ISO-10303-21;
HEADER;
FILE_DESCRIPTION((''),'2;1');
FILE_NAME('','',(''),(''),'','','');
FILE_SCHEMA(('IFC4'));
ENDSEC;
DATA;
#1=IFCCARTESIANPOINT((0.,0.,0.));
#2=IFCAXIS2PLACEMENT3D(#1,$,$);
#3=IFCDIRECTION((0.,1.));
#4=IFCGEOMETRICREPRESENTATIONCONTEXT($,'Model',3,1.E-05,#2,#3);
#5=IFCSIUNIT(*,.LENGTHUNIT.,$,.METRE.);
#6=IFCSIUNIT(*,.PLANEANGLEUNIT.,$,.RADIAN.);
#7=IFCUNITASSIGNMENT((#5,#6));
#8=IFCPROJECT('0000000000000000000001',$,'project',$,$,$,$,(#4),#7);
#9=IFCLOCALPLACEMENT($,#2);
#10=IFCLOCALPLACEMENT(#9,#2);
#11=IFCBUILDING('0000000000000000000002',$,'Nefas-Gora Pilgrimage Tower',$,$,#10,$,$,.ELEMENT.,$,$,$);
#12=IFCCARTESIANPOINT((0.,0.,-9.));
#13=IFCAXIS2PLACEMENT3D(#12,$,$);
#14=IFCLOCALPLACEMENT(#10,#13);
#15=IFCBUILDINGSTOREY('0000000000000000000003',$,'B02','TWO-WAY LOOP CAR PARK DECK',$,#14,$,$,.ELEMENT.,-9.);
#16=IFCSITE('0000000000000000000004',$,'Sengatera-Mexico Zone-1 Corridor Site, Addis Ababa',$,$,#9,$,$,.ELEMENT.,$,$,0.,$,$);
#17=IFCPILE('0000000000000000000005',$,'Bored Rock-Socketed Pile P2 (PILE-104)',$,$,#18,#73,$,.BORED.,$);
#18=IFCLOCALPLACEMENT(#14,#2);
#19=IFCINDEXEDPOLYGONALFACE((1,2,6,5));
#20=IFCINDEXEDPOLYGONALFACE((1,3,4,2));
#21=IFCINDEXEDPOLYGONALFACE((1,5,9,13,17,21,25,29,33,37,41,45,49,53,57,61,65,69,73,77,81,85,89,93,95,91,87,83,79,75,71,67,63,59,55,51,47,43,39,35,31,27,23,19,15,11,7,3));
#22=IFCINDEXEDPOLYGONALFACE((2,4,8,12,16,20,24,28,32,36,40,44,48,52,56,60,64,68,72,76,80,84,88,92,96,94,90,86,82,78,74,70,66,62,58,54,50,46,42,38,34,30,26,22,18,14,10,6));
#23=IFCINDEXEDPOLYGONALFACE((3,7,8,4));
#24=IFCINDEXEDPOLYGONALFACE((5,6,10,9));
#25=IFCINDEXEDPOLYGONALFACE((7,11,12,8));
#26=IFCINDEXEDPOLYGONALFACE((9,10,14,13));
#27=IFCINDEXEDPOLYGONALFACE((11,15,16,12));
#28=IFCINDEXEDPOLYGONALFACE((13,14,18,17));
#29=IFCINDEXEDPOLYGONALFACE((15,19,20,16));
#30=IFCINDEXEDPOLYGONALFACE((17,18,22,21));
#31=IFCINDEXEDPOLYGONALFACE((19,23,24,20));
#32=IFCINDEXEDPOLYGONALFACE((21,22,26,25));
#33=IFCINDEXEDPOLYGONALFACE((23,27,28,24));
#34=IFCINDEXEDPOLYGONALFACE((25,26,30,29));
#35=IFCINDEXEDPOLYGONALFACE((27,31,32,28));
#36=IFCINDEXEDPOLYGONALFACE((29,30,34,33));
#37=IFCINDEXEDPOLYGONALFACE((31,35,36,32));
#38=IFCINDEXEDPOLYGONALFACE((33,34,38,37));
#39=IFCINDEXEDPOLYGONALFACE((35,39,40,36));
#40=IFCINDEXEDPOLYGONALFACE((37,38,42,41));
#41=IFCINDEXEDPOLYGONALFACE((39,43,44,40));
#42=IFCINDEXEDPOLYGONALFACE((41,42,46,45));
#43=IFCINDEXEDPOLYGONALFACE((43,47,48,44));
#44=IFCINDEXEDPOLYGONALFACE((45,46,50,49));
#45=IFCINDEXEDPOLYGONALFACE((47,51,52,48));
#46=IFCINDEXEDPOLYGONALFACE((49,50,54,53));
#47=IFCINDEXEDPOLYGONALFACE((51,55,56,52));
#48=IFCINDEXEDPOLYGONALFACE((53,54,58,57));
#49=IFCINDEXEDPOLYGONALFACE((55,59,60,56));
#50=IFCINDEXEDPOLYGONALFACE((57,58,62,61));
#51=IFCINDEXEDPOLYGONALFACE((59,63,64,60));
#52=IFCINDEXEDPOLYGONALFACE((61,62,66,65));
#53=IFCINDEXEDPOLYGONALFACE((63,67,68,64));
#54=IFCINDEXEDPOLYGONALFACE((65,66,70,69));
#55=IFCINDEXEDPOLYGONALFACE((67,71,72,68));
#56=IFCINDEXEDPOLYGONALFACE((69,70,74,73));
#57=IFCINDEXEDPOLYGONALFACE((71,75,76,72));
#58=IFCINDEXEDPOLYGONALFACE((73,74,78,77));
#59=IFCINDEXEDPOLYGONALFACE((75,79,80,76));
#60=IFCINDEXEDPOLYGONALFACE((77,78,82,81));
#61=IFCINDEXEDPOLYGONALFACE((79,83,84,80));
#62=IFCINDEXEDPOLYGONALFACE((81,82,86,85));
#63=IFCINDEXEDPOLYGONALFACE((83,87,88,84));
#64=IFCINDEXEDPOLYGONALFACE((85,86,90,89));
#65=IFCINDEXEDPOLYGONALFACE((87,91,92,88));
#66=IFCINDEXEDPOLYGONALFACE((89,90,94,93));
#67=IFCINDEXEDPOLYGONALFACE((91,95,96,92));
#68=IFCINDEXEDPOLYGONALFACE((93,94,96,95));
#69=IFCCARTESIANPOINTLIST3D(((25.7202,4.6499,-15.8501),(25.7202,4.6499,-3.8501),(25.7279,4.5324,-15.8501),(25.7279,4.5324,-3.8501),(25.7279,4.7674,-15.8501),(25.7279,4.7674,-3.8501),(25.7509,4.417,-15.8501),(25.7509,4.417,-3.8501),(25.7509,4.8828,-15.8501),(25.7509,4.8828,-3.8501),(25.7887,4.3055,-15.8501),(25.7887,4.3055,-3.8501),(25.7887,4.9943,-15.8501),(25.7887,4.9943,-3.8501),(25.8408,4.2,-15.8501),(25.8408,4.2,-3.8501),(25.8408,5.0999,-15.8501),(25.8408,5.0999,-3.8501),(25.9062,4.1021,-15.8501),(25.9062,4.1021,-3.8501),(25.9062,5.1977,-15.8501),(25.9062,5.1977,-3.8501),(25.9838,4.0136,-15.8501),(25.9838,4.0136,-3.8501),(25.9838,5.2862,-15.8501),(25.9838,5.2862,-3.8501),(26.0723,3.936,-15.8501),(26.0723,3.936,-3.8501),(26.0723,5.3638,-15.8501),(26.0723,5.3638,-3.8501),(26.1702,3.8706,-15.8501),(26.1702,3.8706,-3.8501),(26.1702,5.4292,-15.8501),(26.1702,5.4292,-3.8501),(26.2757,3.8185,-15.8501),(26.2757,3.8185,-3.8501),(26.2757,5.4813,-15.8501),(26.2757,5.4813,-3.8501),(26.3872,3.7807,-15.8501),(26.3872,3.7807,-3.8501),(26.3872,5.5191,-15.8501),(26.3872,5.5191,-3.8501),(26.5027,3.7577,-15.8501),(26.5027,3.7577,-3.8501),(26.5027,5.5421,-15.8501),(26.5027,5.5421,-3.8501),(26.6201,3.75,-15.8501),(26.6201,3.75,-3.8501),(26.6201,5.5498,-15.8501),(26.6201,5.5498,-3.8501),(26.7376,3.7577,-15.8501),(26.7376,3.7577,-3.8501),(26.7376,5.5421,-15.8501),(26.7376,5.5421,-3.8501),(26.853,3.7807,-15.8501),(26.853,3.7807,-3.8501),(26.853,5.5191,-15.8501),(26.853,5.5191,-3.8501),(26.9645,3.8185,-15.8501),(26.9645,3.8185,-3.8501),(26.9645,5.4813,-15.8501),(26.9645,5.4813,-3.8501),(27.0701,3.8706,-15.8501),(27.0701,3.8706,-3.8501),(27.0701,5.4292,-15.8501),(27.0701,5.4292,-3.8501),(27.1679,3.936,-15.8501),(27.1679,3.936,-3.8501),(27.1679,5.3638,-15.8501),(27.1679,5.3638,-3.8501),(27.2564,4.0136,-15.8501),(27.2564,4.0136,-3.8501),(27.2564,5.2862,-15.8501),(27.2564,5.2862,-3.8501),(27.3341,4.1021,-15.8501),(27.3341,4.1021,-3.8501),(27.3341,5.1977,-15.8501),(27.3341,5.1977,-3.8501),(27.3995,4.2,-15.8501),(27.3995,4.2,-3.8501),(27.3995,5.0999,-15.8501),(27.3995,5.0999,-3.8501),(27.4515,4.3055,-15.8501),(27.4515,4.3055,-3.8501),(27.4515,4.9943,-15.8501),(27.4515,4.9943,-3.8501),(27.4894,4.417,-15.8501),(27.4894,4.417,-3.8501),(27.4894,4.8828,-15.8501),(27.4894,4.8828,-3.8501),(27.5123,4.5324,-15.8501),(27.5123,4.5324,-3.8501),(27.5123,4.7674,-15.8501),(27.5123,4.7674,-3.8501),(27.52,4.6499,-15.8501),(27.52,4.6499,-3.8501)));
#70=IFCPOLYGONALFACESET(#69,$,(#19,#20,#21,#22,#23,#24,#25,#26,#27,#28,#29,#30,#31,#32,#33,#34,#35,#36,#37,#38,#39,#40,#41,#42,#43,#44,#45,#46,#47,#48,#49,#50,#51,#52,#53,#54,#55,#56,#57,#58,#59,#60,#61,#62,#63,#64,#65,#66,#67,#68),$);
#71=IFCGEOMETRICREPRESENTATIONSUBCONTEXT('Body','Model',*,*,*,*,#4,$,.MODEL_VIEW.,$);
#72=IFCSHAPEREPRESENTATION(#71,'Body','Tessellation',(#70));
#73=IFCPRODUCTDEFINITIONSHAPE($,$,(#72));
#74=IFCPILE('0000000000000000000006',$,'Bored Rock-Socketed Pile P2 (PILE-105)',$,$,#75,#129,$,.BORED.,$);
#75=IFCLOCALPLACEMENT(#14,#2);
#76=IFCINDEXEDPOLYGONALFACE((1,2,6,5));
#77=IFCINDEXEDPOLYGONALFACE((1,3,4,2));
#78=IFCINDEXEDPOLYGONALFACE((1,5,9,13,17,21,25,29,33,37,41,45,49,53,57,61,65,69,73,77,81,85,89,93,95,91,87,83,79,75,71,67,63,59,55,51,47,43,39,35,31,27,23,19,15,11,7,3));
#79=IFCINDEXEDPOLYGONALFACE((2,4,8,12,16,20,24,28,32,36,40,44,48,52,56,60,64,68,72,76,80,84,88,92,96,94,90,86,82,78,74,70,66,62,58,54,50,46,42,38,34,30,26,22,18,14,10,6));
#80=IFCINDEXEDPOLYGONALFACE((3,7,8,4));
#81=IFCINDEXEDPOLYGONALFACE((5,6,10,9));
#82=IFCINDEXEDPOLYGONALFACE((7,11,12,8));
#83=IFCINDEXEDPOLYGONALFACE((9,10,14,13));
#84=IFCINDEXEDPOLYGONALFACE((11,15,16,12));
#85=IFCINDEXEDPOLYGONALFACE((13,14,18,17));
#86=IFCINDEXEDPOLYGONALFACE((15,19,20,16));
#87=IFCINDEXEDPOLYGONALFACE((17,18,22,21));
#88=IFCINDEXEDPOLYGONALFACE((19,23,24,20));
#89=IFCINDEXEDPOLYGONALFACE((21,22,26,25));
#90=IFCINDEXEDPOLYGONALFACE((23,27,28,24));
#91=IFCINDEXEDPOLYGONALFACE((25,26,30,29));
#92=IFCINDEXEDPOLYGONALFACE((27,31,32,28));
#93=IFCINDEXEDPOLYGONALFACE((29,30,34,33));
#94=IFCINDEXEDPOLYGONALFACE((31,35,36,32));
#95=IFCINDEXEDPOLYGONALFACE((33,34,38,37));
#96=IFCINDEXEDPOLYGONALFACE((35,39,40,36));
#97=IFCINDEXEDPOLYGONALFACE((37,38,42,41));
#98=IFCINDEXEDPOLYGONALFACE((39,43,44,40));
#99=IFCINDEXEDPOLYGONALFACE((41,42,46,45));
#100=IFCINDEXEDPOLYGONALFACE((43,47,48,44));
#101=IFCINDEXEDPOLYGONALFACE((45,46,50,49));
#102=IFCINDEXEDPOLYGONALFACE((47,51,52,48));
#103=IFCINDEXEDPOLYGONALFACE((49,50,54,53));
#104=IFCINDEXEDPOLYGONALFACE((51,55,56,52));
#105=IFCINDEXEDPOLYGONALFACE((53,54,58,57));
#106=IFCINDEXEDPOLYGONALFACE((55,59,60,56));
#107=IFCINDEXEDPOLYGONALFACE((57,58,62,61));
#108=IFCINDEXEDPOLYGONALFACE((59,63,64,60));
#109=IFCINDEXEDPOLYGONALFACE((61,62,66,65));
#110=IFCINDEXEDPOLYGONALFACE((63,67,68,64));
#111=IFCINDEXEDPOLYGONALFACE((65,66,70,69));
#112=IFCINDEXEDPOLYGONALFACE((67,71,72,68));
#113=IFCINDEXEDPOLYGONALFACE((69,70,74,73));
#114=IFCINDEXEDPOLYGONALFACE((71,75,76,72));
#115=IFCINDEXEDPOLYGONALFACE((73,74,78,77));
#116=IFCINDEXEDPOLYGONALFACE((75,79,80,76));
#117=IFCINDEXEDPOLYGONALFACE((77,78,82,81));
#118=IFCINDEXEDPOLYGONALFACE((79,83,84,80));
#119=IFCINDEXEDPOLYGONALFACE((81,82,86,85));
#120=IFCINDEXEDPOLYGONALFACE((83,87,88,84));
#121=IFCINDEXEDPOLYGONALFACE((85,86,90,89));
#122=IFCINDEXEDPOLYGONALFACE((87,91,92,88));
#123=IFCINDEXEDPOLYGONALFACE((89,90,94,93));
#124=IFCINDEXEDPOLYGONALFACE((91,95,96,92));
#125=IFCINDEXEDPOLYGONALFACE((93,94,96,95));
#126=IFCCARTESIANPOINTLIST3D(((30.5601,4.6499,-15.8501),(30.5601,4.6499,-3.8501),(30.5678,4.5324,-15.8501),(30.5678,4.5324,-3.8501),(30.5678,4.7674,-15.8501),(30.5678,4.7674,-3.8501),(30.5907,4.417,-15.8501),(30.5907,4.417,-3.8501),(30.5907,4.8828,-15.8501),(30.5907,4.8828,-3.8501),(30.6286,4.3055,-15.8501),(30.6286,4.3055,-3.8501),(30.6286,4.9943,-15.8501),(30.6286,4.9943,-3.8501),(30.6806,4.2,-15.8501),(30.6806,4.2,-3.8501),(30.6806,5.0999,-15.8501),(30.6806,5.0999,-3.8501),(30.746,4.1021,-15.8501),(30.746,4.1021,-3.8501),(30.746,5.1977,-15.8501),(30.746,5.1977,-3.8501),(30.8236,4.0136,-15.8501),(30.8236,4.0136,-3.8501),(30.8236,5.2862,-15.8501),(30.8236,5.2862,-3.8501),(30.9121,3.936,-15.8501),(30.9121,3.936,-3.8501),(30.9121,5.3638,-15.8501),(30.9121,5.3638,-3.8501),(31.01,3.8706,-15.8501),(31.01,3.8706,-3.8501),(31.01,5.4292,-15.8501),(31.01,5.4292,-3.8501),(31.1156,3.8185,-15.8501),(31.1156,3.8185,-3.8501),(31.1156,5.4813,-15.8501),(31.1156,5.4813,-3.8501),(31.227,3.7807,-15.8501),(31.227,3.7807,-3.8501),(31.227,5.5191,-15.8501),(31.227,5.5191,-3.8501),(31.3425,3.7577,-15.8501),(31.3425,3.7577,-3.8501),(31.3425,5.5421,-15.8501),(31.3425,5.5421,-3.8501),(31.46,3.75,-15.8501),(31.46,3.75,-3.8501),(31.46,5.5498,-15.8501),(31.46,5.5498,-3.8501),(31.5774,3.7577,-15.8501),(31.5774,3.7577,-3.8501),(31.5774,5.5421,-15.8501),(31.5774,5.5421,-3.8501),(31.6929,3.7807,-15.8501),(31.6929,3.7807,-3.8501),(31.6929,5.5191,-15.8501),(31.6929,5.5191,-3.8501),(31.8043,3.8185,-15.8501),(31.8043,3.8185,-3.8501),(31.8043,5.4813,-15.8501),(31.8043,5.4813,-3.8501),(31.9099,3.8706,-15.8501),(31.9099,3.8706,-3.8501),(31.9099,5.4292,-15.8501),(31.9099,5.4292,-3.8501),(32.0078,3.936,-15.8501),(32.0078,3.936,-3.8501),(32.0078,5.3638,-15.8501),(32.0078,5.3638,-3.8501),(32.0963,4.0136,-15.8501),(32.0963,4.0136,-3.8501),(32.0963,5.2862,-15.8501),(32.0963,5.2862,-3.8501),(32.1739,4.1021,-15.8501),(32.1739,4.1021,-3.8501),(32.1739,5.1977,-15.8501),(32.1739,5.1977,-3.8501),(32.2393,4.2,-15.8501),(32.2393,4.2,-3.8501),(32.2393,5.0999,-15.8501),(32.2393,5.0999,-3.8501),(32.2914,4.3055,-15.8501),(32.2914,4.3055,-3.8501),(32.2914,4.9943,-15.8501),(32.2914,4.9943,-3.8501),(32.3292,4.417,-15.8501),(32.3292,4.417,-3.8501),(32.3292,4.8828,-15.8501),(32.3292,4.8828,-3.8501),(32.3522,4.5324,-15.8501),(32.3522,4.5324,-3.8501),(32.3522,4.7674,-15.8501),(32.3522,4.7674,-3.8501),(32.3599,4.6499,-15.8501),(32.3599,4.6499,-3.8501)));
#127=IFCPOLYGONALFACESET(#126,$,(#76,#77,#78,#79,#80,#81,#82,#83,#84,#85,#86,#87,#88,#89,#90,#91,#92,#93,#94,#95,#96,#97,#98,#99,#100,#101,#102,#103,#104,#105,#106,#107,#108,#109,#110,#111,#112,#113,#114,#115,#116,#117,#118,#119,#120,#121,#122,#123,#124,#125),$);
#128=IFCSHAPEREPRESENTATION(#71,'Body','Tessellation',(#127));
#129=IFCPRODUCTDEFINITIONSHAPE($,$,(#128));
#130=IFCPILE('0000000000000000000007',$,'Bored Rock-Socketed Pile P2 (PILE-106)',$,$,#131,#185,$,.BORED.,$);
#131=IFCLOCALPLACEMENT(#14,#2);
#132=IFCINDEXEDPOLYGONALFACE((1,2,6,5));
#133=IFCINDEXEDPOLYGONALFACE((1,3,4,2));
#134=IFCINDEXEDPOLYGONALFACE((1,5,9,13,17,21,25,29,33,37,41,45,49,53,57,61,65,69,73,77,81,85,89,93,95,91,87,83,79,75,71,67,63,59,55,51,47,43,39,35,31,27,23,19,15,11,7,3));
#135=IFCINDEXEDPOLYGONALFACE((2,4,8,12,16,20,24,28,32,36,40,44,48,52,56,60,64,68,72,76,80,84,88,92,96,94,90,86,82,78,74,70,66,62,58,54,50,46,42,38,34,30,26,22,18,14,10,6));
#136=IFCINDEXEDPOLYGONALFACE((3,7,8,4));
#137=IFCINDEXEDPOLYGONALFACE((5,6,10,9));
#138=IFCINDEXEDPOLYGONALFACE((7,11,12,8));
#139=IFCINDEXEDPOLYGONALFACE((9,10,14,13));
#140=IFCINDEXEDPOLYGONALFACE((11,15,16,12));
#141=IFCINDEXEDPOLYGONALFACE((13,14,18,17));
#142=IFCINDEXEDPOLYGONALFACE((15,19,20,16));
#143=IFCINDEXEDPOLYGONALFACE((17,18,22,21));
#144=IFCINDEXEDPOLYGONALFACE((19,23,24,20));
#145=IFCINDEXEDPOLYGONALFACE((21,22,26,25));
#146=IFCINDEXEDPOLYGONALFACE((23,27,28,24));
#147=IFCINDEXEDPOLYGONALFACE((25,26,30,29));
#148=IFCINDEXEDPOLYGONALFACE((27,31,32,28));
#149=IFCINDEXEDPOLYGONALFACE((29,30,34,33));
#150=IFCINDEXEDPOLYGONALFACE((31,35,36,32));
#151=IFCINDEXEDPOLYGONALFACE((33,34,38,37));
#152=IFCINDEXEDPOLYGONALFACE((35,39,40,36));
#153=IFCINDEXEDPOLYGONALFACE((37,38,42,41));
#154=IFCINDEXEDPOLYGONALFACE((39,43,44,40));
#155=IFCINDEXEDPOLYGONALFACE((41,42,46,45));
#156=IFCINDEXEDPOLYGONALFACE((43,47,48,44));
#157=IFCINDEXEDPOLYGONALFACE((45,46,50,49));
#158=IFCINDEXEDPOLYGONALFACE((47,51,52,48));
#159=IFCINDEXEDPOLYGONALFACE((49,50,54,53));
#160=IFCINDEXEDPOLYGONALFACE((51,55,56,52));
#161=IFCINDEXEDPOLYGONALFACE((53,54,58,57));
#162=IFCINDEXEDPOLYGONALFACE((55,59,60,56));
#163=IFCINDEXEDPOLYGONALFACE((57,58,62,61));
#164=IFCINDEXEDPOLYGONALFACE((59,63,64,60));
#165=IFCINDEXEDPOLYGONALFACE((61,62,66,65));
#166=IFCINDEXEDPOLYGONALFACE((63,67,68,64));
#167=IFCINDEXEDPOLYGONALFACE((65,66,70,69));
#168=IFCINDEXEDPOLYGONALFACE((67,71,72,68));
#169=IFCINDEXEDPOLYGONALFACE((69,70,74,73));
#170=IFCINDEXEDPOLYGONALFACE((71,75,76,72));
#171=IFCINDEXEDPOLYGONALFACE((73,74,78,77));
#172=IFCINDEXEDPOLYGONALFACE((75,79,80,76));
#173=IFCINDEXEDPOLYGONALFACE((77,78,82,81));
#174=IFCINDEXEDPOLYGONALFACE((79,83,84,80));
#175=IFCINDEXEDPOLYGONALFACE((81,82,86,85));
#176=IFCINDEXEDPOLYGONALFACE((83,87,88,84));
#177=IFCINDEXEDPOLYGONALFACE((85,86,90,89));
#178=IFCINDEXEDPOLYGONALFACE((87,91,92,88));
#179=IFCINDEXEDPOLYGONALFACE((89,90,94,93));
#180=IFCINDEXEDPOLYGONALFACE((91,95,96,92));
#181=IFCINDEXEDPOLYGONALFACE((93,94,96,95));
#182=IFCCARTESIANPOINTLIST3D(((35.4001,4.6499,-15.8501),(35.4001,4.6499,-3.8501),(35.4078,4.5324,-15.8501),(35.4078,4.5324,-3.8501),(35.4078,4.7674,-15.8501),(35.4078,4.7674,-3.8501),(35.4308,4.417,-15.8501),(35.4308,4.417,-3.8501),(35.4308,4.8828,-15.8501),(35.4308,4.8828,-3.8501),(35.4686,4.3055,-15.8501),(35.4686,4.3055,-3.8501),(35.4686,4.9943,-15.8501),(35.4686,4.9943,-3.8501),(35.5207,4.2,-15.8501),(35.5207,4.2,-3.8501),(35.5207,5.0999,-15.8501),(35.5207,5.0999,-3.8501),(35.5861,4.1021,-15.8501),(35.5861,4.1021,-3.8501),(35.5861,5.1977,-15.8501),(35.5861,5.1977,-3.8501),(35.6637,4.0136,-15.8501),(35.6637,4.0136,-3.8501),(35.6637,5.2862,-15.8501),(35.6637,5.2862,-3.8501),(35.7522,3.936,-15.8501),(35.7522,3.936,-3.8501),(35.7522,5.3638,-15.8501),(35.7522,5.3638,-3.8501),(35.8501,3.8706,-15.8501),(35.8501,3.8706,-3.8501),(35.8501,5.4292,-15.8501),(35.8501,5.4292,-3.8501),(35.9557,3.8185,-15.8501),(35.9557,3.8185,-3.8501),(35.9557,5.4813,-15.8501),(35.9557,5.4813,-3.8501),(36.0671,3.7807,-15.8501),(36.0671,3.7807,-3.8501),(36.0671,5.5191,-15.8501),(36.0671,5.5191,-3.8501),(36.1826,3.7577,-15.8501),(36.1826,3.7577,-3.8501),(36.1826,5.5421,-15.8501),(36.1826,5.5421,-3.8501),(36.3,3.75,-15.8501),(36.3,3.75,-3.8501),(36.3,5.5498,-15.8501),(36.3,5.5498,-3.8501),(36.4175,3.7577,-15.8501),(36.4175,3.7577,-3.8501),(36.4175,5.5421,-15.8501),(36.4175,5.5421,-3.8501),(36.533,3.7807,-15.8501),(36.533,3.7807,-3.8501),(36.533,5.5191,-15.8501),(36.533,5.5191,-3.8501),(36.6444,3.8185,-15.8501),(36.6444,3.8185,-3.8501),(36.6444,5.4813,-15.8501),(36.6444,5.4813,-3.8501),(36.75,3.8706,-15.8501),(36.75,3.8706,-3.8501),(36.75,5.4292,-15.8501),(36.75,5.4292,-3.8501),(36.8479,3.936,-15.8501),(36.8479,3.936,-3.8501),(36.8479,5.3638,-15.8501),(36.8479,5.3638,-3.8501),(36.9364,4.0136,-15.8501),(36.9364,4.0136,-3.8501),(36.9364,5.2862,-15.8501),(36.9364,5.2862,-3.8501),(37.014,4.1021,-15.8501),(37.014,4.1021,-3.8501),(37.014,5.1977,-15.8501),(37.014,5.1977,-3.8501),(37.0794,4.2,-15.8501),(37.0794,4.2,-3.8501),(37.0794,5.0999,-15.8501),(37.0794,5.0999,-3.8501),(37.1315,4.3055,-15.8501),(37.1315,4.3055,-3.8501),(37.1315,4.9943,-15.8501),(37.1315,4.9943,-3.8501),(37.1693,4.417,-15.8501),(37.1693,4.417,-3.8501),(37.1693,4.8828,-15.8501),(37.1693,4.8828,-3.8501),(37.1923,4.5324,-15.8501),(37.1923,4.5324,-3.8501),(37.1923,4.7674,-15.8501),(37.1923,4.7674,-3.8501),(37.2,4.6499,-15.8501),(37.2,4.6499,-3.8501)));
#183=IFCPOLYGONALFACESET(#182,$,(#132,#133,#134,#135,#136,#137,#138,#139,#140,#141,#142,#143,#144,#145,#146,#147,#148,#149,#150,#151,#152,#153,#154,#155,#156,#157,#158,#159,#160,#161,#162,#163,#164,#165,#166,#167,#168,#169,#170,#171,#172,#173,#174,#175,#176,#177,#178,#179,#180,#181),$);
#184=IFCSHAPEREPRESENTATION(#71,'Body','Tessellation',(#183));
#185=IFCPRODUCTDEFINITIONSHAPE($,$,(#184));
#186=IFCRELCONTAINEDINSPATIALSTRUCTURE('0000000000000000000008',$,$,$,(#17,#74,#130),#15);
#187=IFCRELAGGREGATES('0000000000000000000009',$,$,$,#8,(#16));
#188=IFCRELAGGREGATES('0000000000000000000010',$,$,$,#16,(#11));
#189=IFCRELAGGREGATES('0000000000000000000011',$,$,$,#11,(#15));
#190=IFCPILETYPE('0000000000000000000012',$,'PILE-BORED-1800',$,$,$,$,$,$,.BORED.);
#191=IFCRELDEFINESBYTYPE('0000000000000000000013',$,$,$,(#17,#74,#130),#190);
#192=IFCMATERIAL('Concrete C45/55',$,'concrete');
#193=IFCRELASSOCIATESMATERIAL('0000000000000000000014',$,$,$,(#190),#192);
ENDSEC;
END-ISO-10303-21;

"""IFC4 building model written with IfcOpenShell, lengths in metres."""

from ifc_helpers import new_model, si_unit, direction, frame, origin, origin_2d, place, context, subcontext, project, spatial, circle, extrude, source, transform, mapped, material, material_profile, profile_set, type_object, element, save


model = new_model("IFC4")

# Units and contexts
model_context = context("Model", 3, precision=1e-05, world=origin(), true_north=direction((0.0, 1.0)))
body_context = subcontext(model_context, "Body", "Model", "MODEL_VIEW")
ifc_project = project(units=[si_unit("LENGTHUNIT", "METRE"), si_unit("PLANEANGLEUNIT", "RADIAN")], contexts=[model_context])

# Site, building, storey
site_placement = place(None, origin())
site = spatial("IfcSite", under=ifc_project, at=site_placement, Name="Sengatera-Mexico Zone-1 Corridor Site, Addis Ababa", CompositionType="ELEMENT", RefElevation=0.0)
building_placement = place(site_placement, origin())
building = spatial("IfcBuilding", under=site, at=building_placement, Name="Nefas-Gora Pilgrimage Tower", CompositionType="ELEMENT")
storey_placement = place(building_placement, frame((0.0, 0.0, -9.0)))
storey = spatial("IfcBuildingStorey", under=building, at=storey_placement, Name="B02", Description="TWO-WAY LOOP CAR PARK DECK", CompositionType="ELEMENT", Elevation=-9.0)

# Piles
ifc_material_1 = material(Name="Concrete C45/55", Category="concrete")
ifc_material_profile_1 = material_profile(ifc_material_1, circle(Radius=0.8999, at=origin_2d()), Name="PILE D1800")
ifc_profile_set_1 = profile_set([ifc_material_profile_1], Name="Concrete C45/55")
pile_type = type_object("IfcPileType", Name="PILE-BORED-1800", PredefinedType="BORED", material=ifc_profile_set_1)
shared_shape_1 = source(origin(), body_context, "Body", "SweptSolid", [
    extrude(circle(Radius=0.8999, at=origin_2d()), origin(), (0.0, 0.0, 1.0), 12.0),
])
for number, where, z_axis, x_axis, name in (
    (1, (26.6201, 4.6499, -3.8501), (0.0, 0.0, -1.0), (1.0, 0.0, 0.0), "Bored Rock-Socketed Pile P2 (PILE-104)"),
    (2, (31.46, 4.6499, -3.8501), (0.0, 0.0, -1.0), (1.0, 0.0, 0.0), "Bored Rock-Socketed Pile P2 (PILE-105)"),
    (3, (36.3, 4.6499, -3.8501), (0.0, 0.0, -1.0), (1.0, 0.0, 0.0), "Bored Rock-Socketed Pile P2 (PILE-106)"),
):
    element("IfcPile", number, at=place(storey_placement, frame(where, z_axis=z_axis, x_axis=x_axis)), inside=storey, type_object=pile_type, Name=name, PredefinedType="BORED", context=body_context, shape_type="MappedRepresentation", body=[
        mapped(shared_shape_1, transform((0.0, 0.0, 0.0), x_axis=(1.0, 0.0, 0.0), y_axis=(0.0, 1.0, 0.0), z_axis=(0.0, 0.0, 1.0), scale=1.0)),
    ])

save(model, "model.ifc")
